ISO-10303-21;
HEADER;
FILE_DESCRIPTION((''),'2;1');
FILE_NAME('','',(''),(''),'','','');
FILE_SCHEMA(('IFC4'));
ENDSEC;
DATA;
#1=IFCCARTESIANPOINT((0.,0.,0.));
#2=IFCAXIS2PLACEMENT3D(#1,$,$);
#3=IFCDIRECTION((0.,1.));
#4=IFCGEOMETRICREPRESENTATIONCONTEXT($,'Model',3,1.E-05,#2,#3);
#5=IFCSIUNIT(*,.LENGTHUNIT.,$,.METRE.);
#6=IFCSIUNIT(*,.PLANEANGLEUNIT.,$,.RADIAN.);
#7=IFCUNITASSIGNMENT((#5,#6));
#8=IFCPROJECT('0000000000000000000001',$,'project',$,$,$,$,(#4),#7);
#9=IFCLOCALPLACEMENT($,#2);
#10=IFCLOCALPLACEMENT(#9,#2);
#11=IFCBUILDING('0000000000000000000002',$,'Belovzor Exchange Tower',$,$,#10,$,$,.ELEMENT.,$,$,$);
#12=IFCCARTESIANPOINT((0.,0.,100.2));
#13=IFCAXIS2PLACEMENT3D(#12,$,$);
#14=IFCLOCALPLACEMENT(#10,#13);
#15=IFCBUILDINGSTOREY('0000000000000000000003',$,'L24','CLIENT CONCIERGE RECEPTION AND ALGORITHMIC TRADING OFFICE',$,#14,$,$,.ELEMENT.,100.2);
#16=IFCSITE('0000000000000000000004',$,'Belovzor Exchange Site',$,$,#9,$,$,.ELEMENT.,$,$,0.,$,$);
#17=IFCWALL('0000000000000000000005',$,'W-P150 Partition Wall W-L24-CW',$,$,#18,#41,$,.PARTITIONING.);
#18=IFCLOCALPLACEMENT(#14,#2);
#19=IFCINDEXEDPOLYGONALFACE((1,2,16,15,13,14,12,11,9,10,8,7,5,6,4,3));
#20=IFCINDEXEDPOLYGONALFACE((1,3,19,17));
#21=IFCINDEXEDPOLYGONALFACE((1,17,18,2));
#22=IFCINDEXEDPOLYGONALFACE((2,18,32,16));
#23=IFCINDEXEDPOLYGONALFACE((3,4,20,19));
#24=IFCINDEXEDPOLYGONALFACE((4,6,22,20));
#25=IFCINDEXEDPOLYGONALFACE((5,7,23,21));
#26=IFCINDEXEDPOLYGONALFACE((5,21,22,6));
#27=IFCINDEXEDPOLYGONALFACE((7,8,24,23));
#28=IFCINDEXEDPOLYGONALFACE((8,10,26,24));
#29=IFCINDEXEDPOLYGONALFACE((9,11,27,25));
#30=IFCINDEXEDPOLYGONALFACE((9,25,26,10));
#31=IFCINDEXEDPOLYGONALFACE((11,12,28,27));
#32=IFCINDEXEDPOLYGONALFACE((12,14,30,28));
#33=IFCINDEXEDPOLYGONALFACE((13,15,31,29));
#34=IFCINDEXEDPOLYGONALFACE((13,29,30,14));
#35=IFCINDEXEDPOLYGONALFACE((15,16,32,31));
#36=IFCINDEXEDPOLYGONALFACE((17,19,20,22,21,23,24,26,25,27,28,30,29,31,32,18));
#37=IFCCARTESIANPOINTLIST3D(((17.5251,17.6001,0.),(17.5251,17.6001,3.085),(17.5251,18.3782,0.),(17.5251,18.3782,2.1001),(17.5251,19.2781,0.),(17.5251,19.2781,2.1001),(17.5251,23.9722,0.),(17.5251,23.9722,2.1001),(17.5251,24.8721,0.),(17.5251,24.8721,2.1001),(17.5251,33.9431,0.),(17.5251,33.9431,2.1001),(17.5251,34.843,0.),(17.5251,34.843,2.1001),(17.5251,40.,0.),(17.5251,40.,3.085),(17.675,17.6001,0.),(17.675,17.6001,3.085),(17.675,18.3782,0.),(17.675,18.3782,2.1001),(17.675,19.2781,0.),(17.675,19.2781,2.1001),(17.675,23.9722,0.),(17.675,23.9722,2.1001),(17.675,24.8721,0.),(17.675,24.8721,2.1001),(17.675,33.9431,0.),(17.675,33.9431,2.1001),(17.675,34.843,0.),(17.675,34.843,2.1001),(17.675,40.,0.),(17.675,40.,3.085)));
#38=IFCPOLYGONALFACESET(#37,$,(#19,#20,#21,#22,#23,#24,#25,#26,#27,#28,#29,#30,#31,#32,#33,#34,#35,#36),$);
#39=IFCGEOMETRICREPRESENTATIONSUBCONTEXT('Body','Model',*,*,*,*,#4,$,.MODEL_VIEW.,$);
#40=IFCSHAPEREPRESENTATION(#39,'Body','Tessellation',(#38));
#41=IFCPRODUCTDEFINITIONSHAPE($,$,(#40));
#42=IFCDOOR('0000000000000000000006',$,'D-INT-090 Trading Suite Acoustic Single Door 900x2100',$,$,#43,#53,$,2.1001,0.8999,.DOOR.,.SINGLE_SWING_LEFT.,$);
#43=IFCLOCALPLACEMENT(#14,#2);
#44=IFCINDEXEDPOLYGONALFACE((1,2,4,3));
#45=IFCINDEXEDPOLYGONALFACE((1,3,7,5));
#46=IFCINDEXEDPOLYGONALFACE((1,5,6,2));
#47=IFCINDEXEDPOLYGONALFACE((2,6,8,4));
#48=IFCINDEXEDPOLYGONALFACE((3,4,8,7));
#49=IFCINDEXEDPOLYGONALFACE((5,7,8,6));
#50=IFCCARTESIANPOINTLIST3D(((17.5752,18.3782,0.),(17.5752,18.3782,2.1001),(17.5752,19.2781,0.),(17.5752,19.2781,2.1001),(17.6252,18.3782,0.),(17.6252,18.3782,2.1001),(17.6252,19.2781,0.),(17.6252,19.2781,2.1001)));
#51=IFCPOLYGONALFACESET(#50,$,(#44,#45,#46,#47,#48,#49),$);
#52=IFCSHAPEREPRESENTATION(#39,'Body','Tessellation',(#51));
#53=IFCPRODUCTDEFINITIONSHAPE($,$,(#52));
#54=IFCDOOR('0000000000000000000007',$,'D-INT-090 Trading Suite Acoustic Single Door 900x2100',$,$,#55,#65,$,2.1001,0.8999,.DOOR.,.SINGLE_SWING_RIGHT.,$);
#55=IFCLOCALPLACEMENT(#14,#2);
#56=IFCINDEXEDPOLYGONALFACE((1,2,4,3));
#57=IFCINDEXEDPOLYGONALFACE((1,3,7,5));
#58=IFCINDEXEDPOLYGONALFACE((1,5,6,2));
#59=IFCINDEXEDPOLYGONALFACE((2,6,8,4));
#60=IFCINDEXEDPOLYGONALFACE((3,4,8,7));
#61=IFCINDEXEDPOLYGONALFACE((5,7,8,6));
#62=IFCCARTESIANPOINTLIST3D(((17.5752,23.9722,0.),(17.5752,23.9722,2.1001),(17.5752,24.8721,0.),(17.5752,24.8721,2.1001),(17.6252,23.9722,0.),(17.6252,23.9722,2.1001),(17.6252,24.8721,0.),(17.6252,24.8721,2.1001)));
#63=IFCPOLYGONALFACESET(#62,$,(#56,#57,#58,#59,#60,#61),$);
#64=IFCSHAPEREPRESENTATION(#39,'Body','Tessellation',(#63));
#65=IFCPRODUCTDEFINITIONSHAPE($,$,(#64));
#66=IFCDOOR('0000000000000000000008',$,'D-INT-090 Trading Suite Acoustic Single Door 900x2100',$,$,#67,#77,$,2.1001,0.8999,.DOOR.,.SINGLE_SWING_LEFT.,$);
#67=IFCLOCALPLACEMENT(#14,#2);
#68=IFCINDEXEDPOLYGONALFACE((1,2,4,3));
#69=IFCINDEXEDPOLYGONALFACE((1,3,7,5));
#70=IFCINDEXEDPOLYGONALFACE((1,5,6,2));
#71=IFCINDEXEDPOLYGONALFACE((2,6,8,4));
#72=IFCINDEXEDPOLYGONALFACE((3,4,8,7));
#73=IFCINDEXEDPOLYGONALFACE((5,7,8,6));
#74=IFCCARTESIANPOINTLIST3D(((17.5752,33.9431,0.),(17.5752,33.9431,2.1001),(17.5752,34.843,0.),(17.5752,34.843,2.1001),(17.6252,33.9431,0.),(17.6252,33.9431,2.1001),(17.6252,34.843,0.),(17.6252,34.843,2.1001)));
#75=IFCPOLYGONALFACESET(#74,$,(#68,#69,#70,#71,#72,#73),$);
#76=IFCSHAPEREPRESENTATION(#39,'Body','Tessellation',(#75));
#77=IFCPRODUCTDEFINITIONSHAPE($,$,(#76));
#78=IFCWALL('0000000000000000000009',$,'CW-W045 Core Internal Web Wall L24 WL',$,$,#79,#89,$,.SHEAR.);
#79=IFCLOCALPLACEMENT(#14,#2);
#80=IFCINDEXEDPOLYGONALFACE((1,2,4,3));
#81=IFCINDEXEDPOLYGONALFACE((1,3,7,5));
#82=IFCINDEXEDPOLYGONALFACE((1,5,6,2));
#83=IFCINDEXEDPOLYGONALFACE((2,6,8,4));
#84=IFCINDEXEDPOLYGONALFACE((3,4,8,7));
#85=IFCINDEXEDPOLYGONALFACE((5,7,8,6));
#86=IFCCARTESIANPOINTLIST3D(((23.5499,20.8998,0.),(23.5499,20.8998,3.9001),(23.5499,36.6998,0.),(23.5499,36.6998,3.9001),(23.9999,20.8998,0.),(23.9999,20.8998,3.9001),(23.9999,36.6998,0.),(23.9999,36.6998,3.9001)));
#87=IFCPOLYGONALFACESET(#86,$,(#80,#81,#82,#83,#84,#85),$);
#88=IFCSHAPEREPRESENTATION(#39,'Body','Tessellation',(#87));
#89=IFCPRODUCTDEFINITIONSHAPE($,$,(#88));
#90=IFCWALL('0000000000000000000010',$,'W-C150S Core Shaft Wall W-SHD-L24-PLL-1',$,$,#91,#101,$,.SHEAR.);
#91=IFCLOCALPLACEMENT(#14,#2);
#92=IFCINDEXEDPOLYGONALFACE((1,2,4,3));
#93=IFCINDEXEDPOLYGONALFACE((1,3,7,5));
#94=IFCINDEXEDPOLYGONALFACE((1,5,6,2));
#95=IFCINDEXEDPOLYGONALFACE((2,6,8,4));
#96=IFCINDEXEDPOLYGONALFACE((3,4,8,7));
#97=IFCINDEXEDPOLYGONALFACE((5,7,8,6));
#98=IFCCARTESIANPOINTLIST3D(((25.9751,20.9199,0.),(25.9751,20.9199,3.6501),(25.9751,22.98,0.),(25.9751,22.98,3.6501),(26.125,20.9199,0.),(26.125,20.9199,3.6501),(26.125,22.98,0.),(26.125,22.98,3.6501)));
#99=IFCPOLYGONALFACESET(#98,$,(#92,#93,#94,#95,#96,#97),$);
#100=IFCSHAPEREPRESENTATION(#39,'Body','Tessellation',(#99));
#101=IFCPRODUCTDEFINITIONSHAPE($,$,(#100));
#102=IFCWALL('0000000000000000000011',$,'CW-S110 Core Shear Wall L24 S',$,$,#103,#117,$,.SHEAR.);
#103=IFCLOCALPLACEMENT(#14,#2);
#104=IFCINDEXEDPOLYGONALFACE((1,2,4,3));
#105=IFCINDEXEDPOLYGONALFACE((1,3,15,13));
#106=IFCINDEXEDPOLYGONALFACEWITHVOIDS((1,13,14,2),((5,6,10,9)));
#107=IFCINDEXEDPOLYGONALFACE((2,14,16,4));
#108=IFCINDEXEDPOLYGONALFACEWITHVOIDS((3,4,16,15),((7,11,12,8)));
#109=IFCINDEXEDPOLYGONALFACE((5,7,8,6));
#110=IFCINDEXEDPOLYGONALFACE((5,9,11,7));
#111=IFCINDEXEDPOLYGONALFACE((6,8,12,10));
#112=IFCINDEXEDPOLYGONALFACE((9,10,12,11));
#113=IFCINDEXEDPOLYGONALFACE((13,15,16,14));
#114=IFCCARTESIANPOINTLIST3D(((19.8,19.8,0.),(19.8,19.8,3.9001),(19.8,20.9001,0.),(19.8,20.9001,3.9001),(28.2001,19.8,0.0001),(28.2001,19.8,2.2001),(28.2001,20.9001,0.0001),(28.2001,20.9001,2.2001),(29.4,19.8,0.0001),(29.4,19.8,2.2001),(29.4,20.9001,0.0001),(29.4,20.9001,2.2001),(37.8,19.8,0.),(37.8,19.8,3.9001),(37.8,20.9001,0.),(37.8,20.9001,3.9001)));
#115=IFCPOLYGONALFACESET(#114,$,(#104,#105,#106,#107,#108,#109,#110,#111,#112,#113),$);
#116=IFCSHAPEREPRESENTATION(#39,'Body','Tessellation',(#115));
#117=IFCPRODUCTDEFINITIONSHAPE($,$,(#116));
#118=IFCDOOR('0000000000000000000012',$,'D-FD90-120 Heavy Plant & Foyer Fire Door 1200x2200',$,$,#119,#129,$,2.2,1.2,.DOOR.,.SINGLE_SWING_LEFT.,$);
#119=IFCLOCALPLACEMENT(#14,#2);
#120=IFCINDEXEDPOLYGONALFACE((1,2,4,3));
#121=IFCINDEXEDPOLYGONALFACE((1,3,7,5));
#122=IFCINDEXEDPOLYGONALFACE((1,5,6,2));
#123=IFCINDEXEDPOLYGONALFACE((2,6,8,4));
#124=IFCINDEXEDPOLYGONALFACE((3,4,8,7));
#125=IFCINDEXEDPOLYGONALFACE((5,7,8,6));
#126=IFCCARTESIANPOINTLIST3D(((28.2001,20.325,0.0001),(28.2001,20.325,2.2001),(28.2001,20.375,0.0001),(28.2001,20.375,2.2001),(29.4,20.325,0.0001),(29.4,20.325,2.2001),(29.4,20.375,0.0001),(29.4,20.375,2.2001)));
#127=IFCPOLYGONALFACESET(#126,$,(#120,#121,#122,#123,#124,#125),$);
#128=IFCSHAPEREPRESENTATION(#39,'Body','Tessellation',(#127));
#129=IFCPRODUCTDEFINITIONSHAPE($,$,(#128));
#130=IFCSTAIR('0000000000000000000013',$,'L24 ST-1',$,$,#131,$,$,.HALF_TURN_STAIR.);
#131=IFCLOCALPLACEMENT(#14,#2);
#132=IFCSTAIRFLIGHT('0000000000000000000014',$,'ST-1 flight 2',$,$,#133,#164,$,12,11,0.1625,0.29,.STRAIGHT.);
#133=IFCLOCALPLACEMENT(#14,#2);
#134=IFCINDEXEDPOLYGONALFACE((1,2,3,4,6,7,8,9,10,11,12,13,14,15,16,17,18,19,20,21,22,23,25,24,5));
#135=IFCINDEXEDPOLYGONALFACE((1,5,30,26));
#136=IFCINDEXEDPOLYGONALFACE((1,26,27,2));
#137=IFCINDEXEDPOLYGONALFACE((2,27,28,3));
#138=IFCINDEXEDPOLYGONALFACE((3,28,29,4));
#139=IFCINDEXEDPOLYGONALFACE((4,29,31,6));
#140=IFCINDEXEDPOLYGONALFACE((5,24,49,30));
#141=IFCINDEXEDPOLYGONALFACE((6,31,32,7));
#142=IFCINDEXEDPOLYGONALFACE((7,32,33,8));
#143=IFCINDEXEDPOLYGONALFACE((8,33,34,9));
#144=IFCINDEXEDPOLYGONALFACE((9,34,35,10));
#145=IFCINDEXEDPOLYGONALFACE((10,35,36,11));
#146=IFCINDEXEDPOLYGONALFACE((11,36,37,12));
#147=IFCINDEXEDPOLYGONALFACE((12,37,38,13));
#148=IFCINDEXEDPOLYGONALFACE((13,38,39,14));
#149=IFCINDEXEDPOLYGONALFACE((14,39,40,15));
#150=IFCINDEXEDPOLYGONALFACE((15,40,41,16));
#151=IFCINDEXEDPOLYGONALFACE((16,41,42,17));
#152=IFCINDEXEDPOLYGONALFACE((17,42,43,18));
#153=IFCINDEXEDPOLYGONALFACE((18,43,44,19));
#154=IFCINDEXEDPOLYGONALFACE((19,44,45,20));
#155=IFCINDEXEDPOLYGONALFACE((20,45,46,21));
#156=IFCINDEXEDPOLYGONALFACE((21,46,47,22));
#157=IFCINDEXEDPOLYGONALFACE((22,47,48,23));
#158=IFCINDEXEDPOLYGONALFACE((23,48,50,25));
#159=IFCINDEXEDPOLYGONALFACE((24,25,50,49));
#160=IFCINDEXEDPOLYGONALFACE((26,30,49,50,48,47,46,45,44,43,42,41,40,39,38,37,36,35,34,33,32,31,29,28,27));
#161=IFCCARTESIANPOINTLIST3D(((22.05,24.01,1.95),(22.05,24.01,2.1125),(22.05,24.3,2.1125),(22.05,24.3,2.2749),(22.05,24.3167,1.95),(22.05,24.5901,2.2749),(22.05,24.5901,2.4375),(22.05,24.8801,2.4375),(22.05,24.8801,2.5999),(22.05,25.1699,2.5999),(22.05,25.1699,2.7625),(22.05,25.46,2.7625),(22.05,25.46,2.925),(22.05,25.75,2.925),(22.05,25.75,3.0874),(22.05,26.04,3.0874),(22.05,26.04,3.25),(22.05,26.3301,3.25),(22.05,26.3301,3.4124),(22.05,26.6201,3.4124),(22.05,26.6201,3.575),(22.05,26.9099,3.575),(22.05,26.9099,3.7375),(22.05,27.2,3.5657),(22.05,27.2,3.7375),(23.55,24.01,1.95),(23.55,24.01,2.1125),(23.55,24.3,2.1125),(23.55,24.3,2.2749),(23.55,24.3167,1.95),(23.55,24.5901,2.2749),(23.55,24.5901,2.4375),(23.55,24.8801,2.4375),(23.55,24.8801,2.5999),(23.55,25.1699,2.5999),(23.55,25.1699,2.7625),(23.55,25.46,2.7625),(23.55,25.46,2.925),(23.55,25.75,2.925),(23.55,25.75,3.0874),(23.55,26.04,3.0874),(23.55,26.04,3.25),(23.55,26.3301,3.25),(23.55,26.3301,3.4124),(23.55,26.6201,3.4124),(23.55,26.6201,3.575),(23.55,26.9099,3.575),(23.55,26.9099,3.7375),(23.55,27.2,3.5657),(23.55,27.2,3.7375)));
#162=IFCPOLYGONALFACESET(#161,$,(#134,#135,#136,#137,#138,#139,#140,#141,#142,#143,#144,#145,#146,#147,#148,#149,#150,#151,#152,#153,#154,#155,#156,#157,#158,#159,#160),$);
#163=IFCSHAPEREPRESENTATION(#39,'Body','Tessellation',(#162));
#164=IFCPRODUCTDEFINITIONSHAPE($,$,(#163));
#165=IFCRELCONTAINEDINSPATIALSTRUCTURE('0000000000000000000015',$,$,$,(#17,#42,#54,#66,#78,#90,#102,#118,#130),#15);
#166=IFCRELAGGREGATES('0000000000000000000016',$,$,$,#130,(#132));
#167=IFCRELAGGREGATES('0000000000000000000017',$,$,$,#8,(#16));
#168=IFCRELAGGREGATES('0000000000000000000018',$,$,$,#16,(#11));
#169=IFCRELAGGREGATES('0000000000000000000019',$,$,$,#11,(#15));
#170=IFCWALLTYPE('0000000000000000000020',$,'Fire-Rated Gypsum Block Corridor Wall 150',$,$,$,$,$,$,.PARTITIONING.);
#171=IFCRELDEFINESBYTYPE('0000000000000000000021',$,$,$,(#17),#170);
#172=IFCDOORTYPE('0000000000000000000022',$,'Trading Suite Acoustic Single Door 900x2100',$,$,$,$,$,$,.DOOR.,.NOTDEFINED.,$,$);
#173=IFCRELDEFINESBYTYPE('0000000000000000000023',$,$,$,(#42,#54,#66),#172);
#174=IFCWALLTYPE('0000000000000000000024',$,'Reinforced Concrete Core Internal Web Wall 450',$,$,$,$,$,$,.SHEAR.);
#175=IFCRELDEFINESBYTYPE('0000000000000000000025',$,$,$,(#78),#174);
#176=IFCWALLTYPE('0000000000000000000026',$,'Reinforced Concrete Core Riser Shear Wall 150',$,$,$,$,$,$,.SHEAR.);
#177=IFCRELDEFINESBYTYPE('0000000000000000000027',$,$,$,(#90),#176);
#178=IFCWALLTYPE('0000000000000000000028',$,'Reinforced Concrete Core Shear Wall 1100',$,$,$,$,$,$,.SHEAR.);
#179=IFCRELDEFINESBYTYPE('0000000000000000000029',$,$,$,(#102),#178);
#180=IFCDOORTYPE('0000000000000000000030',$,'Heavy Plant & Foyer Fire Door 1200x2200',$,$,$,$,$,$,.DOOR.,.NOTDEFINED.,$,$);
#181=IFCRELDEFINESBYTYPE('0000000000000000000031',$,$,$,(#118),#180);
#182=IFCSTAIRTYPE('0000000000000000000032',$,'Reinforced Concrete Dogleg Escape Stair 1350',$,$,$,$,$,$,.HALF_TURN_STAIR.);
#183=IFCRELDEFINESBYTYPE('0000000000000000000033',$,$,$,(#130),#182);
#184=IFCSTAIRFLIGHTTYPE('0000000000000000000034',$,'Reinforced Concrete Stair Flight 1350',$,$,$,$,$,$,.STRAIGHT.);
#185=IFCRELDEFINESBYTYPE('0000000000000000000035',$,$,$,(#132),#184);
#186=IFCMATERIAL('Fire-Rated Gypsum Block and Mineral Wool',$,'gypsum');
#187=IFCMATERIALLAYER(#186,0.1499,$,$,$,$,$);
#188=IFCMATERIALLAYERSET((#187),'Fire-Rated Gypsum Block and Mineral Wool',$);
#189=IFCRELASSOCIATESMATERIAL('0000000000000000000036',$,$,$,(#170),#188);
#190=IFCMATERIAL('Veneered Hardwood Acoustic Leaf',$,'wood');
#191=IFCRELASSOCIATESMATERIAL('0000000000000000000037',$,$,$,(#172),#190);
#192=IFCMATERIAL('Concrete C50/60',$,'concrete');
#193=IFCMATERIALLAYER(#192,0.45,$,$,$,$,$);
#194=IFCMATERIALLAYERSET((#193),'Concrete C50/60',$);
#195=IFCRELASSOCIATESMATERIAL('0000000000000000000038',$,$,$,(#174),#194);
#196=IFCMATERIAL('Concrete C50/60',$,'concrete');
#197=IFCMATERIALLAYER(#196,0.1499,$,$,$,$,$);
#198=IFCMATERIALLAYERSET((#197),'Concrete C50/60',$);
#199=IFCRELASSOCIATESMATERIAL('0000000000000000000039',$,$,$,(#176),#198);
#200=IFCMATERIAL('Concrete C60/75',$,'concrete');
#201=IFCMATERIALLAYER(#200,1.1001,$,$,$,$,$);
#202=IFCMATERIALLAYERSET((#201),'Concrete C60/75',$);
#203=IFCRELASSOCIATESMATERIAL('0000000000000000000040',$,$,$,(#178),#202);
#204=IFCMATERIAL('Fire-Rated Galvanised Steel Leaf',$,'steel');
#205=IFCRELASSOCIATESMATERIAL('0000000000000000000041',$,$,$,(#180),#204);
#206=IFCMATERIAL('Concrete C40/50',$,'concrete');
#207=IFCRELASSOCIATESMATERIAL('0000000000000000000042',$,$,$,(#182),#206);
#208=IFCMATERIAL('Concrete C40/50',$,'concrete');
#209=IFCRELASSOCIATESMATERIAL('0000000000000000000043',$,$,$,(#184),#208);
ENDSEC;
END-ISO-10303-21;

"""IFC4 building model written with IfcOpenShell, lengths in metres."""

from ifc_helpers import new_model, si_unit, direction, frame, frame_2d, origin, place, context, subcontext, project, spatial, polyline, rectangle, outline, extrude, material, layer, layer_set, type_object, element, fill, aggregate, save


model = new_model("IFC4")

# Units and contexts
model_context = context("Model", 3, precision=1e-05, world=origin(), true_north=direction((0.0, 1.0)))
body_context = subcontext(model_context, "Body", "Model", "MODEL_VIEW")
ifc_project = project(units=[si_unit("LENGTHUNIT", "METRE"), si_unit("PLANEANGLEUNIT", "RADIAN")], contexts=[model_context])

# Site, building, storey
site_placement = place(None, origin())
site = spatial("IfcSite", under=ifc_project, at=site_placement, Name="Belovzor Exchange Site", CompositionType="ELEMENT", RefElevation=0.0)
building_placement = place(site_placement, origin())
building = spatial("IfcBuilding", under=site, at=building_placement, Name="Belovzor Exchange Tower", CompositionType="ELEMENT")
storey_placement = place(building_placement, frame((0.0, 0.0, 100.2)))
storey = spatial("IfcBuildingStorey", under=building, at=storey_placement, Name="L24", Description="CLIENT CONCIERGE RECEPTION AND ALGORITHMIC TRADING OFFICE", CompositionType="ELEMENT", Elevation=100.2)

# Shared definitions
ifc_material_1 = material(Name="Fire-Rated Gypsum Block and Mineral Wool", Category="gypsum")
ifc_layer_1 = layer(ifc_material_1, 0.1499)
ifc_layer_set_1 = layer_set([ifc_layer_1], Name="Fire-Rated Gypsum Block and Mineral Wool")
wall_type_1 = type_object("IfcWallType", Name="Fire-Rated Gypsum Block Corridor Wall 150", PredefinedType="PARTITIONING", material=ifc_layer_set_1)
ifc_material_2 = material(Name="Veneered Hardwood Acoustic Leaf", Category="wood")
door_type_1 = type_object("IfcDoorType", Name="Trading Suite Acoustic Single Door 900x2100", OperationType="NOTDEFINED", PredefinedType="DOOR", material=ifc_material_2)

# Wall, openings, doors
wall_1_placement = place(storey_placement, frame((17.6001, 17.6001, 0.0), z_axis=(0.0, 0.0, 1.0), x_axis=(0.0, 1.0, 0.0)))
wall_1 = element("IfcWall", 1, at=wall_1_placement, inside=storey, type_object=wall_type_1, Name="W-P150 Partition Wall W-L24-CW", PredefinedType="PARTITIONING", context=body_context, shape_type="SweptSolid", body=[
    extrude(rectangle(XDim=22.3999, YDim=0.1499, at=frame_2d((11.2, 0.0))), origin(), (0.0, 0.0, 1.0), 3.085),
])
opening_1_placement = place(wall_1_placement, frame((0.7781, 0.0, 0.0)))
opening_1 = element("IfcOpeningElement", 2, at=opening_1_placement, cuts=wall_1, PredefinedType="OPENING", context=body_context, shape_type="SweptSolid", body=[
    extrude(rectangle(XDim=0.8999, YDim=2.1001, at=frame_2d((0.45, 1.05))), frame((0.0, 0.085, 0.0), z_axis=(0.0, -1.0, 0.0), x_axis=(1.0, 0.0, 0.0)), (0.0, 0.0, 1.0), 0.1699),
])
opening_2_placement = place(wall_1_placement, frame((6.3721, 0.0, 0.0)))
opening_2 = element("IfcOpeningElement", 3, at=opening_2_placement, cuts=wall_1, PredefinedType="OPENING", context=body_context, shape_type="SweptSolid", body=[
    extrude(rectangle(XDim=0.8999, YDim=2.1001, at=frame_2d((0.45, 1.05))), frame((0.0, 0.085, 0.0), z_axis=(0.0, -1.0, 0.0), x_axis=(1.0, 0.0, 0.0)), (0.0, 0.0, 1.0), 0.1699),
])
opening_3_placement = place(wall_1_placement, frame((16.343, 0.0, 0.0)))
opening_3 = element("IfcOpeningElement", 4, at=opening_3_placement, cuts=wall_1, PredefinedType="OPENING", context=body_context, shape_type="SweptSolid", body=[
    extrude(rectangle(XDim=0.8999, YDim=2.1001, at=frame_2d((0.45, 1.05))), frame((0.0, 0.085, 0.0), z_axis=(0.0, -1.0, 0.0), x_axis=(1.0, 0.0, 0.0)), (0.0, 0.0, 1.0), 0.1699),
])
door_1_placement = place(opening_1_placement, origin())
door_1 = element("IfcDoor", 5, at=door_1_placement, inside=storey, type_object=door_type_1, Name="D-INT-090 Trading Suite Acoustic Single Door 900x2100", OperationType="SINGLE_SWING_LEFT", OverallHeight=2.1001, OverallWidth=0.8999, PredefinedType="DOOR", context=body_context, shape_type="SweptSolid", body=[
    extrude(rectangle(XDim=0.8999, YDim=2.1001, at=frame_2d((0.45, 1.05))), frame((0.0, 0.0249, 0.0), z_axis=(0.0, -1.0, 0.0), x_axis=(1.0, 0.0, 0.0)), (0.0, 0.0, 1.0), 0.05),
])
fill(opening_1, door_1)
door_2_placement = place(opening_2_placement, origin())
door_2 = element("IfcDoor", 6, at=door_2_placement, inside=storey, type_object=door_type_1, Name="D-INT-090 Trading Suite Acoustic Single Door 900x2100", OperationType="SINGLE_SWING_RIGHT", OverallHeight=2.1001, OverallWidth=0.8999, PredefinedType="DOOR", context=body_context, shape_type="SweptSolid", body=[
    extrude(rectangle(XDim=0.8999, YDim=2.1001, at=frame_2d((0.45, 1.05))), frame((0.0, 0.0249, 0.0), z_axis=(0.0, -1.0, 0.0), x_axis=(1.0, 0.0, 0.0)), (0.0, 0.0, 1.0), 0.05),
])
fill(opening_2, door_2)
door_3_placement = place(opening_3_placement, origin())
door_3 = element("IfcDoor", 7, at=door_3_placement, inside=storey, type_object=door_type_1, Name="D-INT-090 Trading Suite Acoustic Single Door 900x2100", OperationType="SINGLE_SWING_LEFT", OverallHeight=2.1001, OverallWidth=0.8999, PredefinedType="DOOR", context=body_context, shape_type="SweptSolid", body=[
    extrude(rectangle(XDim=0.8999, YDim=2.1001, at=frame_2d((0.45, 1.05))), frame((0.0, 0.0249, 0.0), z_axis=(0.0, -1.0, 0.0), x_axis=(1.0, 0.0, 0.0)), (0.0, 0.0, 1.0), 0.05),
])
fill(opening_3, door_3)

# Walls
ifc_material_3 = material(Name="Concrete C50/60", Category="concrete")
ifc_layer_2 = layer(ifc_material_3, 0.45)
ifc_layer_set_2 = layer_set([ifc_layer_2], Name="Concrete C50/60")
wall_type_2 = type_object("IfcWallType", Name="Reinforced Concrete Core Internal Web Wall 450", PredefinedType="SHEAR", material=ifc_layer_set_2)
wall_2_placement = place(storey_placement, frame((23.7749, 20.8999, 0.0), z_axis=(0.0, 0.0, 1.0), x_axis=(0.0, 1.0, 0.0)))
element("IfcWall", 8, at=wall_2_placement, inside=storey, type_object=wall_type_2, Name="CW-W045 Core Internal Web Wall L24 WL", PredefinedType="SHEAR", context=body_context, shape_type="SweptSolid", body=[
    extrude(rectangle(XDim=15.8, YDim=0.45, at=frame_2d((7.8999, 0.0))), origin(), (0.0, 0.0, 1.0), 3.9001),
])
ifc_material_4 = material(Name="Concrete C50/60", Category="concrete")
ifc_layer_3 = layer(ifc_material_4, 0.1499)
ifc_layer_set_3 = layer_set([ifc_layer_3], Name="Concrete C50/60")
wall_type_3 = type_object("IfcWallType", Name="Reinforced Concrete Core Riser Shear Wall 150", PredefinedType="SHEAR", material=ifc_layer_set_3)
wall_3_placement = place(storey_placement, frame((26.05, 20.9199, 0.0), z_axis=(0.0, 0.0, 1.0), x_axis=(0.0, 1.0, 0.0)))
element("IfcWall", 9, at=wall_3_placement, inside=storey, type_object=wall_type_3, Name="W-C150S Core Shaft Wall W-SHD-L24-PLL-1", PredefinedType="SHEAR", context=body_context, shape_type="SweptSolid", body=[
    extrude(rectangle(XDim=2.0601, YDim=0.1499, at=frame_2d((1.03, 0.0))), origin(), (0.0, 0.0, 1.0), 3.6501),
])

# Wall, opening, door
ifc_material_5 = material(Name="Concrete C60/75", Category="concrete")
ifc_layer_4 = layer(ifc_material_5, 1.1001)
ifc_layer_set_4 = layer_set([ifc_layer_4], Name="Concrete C60/75")
wall_type_4 = type_object("IfcWallType", Name="Reinforced Concrete Core Shear Wall 1100", PredefinedType="SHEAR", material=ifc_layer_set_4)
wall_4_placement = place(storey_placement, frame((19.8, 20.3501, 0.0), z_axis=(0.0, 0.0, 1.0), x_axis=(1.0, 0.0, 0.0)))
wall_4 = element("IfcWall", 10, at=wall_4_placement, inside=storey, type_object=wall_type_4, Name="CW-S110 Core Shear Wall L24 S", PredefinedType="SHEAR", context=body_context, shape_type="SweptSolid", body=[
    extrude(rectangle(XDim=18.0, YDim=1.1001, at=frame_2d((9.0, 0.0))), origin(), (0.0, 0.0, 1.0), 3.9001),
])
opening_4_placement = place(wall_4_placement, frame((8.3999, 0.0, 0.0)))
opening_4 = element("IfcOpeningElement", 11, at=opening_4_placement, cuts=wall_4, PredefinedType="OPENING", context=body_context, shape_type="SweptSolid", body=[
    extrude(rectangle(XDim=1.2, YDim=2.2, at=frame_2d((0.6001, 1.1001))), frame((0.0, 0.5601, 0.0), z_axis=(0.0, -1.0, 0.0), x_axis=(1.0, 0.0, 0.0)), (0.0, 0.0, 1.0), 1.1201),
])
ifc_material_6 = material(Name="Fire-Rated Galvanised Steel Leaf", Category="steel")
door_type_2 = type_object("IfcDoorType", Name="Heavy Plant & Foyer Fire Door 1200x2200", OperationType="NOTDEFINED", PredefinedType="DOOR", material=ifc_material_6)
door_4_placement = place(opening_4_placement, origin())
door_4 = element("IfcDoor", 12, at=door_4_placement, inside=storey, type_object=door_type_2, Name="D-FD90-120 Heavy Plant & Foyer Fire Door 1200x2200", OperationType="SINGLE_SWING_LEFT", OverallHeight=2.2, OverallWidth=1.2, PredefinedType="DOOR", context=body_context, shape_type="SweptSolid", body=[
    extrude(rectangle(XDim=1.2, YDim=2.2, at=frame_2d((0.6001, 1.1001))), frame((0.0, 0.0249, 0.0), z_axis=(0.0, -1.0, 0.0), x_axis=(1.0, 0.0, 0.0)), (0.0, 0.0, 1.0), 0.05),
])
fill(opening_4, door_4)

# Stair, stair flight
ifc_material_7 = material(Name="Concrete C40/50", Category="concrete")
stair_type = type_object("IfcStairType", Name="Reinforced Concrete Dogleg Escape Stair 1350", PredefinedType="HALF_TURN_STAIR", material=ifc_material_7)
stair_placement = place(storey_placement, origin())
stair = element("IfcStair", 13, at=stair_placement, inside=storey, type_object=stair_type, Name="L24 ST-1", PredefinedType="HALF_TURN_STAIR")
ifc_material_8 = material(Name="Concrete C40/50", Category="concrete")
stair_flight_type = type_object("IfcStairFlightType", Name="Reinforced Concrete Stair Flight 1350", PredefinedType="STRAIGHT", material=ifc_material_8)
stair_flight_placement = place(storey_placement, frame((22.8, 24.01, 1.95), z_axis=(0.0, 0.0, 1.0), x_axis=(0.0, 1.0, 0.0)))
stair_flight = element("IfcStairFlight", 14, at=stair_flight_placement, type_object=stair_flight_type, Name="ST-1 flight 2", NumberOfRisers=12, NumberOfTreads=11, PredefinedType="STRAIGHT", RiserHeight=0.1625, TreadLength=0.29, context=body_context, shape_type="SweptSolid", body=[
    extrude(outline(polyline([(0.0, 0.0), (0.0, 0.1626), (0.29, 0.1626), (0.29, 0.325), (0.5801, 0.325), (0.5801, 0.4875), (0.8701, 0.4875), (0.8701, 0.6499), (1.1599, 0.6499), (1.1599, 0.8125), (1.45, 0.8125), (1.45, 0.9751), (1.74, 0.9751), (1.74, 1.1375), (2.03, 1.1375), (2.03, 1.3), (2.3201, 1.3), (2.3201, 1.4624), (2.6101, 1.4624), (2.6101, 1.625), (2.8999, 1.625), (2.8999, 1.7876), (3.1899, 1.7876), (3.1899, 1.95), (3.1899, 1.6157), (0.3066, 0.0), (0.0, 0.0)])), frame((0.0, 0.75, 0.0), z_axis=(0.0, -1.0, 0.0), x_axis=(1.0, 0.0, 0.0)), (0.0, 0.0, 1.0), 1.5),
])
aggregate(stair, [stair_flight])

save(model, "model.ifc")
